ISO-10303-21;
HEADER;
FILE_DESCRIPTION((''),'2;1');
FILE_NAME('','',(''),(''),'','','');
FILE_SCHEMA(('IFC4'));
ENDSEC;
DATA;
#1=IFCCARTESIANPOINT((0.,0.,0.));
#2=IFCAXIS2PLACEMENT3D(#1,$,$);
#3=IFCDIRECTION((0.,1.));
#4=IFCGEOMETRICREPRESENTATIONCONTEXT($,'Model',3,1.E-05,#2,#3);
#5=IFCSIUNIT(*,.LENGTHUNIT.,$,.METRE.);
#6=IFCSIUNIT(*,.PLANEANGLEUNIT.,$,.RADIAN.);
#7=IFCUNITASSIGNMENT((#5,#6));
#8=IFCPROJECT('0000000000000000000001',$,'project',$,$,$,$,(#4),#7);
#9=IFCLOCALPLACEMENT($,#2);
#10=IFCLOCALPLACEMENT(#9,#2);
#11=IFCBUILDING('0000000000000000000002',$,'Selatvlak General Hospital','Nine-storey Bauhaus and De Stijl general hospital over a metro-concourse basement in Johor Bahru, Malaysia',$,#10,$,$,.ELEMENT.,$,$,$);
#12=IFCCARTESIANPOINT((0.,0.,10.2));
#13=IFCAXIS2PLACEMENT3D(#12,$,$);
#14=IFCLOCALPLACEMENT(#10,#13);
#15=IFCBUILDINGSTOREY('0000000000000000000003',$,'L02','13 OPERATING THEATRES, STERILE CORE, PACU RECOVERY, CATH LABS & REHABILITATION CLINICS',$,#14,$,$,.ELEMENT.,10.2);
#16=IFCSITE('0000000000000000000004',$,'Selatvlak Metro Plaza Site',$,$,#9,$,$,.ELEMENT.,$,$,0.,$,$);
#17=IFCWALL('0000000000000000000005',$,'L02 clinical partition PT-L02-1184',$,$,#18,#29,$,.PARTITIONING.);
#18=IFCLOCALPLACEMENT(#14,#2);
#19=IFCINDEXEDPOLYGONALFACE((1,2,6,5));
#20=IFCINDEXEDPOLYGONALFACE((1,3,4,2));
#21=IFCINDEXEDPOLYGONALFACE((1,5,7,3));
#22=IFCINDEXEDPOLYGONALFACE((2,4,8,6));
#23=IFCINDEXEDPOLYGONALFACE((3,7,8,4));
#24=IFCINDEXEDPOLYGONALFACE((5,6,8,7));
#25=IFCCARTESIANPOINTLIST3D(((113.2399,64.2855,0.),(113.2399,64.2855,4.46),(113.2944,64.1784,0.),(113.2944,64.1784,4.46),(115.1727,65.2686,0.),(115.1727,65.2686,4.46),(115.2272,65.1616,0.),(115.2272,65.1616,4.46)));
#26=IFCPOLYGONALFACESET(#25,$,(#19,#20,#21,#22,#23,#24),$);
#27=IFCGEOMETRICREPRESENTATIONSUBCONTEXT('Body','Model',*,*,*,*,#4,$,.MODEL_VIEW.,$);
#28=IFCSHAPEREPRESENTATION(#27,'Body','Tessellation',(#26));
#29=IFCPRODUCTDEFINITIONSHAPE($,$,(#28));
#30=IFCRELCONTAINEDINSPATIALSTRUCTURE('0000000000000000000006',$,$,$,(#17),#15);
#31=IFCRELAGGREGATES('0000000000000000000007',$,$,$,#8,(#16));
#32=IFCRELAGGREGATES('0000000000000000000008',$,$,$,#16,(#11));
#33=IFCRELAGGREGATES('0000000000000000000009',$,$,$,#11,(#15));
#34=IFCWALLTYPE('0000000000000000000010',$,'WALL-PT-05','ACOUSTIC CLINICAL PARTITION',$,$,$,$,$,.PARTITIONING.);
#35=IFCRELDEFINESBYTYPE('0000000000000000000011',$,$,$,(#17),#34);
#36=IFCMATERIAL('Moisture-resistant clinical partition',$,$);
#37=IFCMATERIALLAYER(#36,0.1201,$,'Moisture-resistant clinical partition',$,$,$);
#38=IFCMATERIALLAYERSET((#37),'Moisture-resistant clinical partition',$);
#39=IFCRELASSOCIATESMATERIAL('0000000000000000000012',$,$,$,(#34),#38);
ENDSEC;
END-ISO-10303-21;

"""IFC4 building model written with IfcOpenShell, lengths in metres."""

from ifc_helpers import new_model, si_unit, direction, frame, frame_2d, origin, place, context, subcontext, project, spatial, rectangle, extrude, material, layer, layer_set, type_object, element, save


model = new_model("IFC4")

# Units and contexts
model_context = context("Model", 3, precision=1e-05, world=origin(), true_north=direction((0.0, 1.0)))
body_context = subcontext(model_context, "Body", "Model", "MODEL_VIEW")
ifc_project = project(units=[si_unit("LENGTHUNIT", "METRE"), si_unit("PLANEANGLEUNIT", "RADIAN")], contexts=[model_context])

# Site, building, storey
site_placement = place(None, origin())
site = spatial("IfcSite", under=ifc_project, at=site_placement, Name="Selatvlak Metro Plaza Site", CompositionType="ELEMENT", RefElevation=0.0)
building_placement = place(site_placement, origin())
building = spatial("IfcBuilding", under=site, at=building_placement, Name="Selatvlak General Hospital", Description="Nine-storey Bauhaus and De Stijl general hospital over a metro-concourse basement in Johor Bahru, Malaysia", CompositionType="ELEMENT")
storey_placement = place(building_placement, frame((0.0, 0.0, 10.2)))
storey = spatial("IfcBuildingStorey", under=building, at=storey_placement, Name="L02", Description="13 OPERATING THEATRES, STERILE CORE, PACU RECOVERY, CATH LABS & REHABILITATION CLINICS", CompositionType="ELEMENT", Elevation=10.2)

# Wall
ifc_material_1 = material(Name="Moisture-resistant clinical partition")
ifc_layer_1 = layer(ifc_material_1, 0.1201, Name="Moisture-resistant clinical partition")
ifc_layer_set_1 = layer_set([ifc_layer_1], Name="Moisture-resistant clinical partition")
wall_type_1 = type_object("IfcWallType", Name="WALL-PT-05", Description="ACOUSTIC CLINICAL PARTITION", PredefinedType="PARTITIONING", material=ifc_layer_set_1)
wall_1_placement = place(storey_placement, frame((115.2, 65.2151, 0.0), z_axis=(0.0, 0.0, 1.0), x_axis=(-0.891321, -0.453373, 0.0)))
element("IfcWall", 1, at=wall_1_placement, inside=storey, type_object=wall_type_1, Name="L02 clinical partition PT-L02-1184", PredefinedType="PARTITIONING", context=body_context, shape_type="SweptSolid", body=[
    extrude(rectangle(XDim=2.1685, YDim=0.1201, at=frame_2d((1.0842, 0.0))), origin(), (0.0, 0.0, 1.0), 4.46),
])

save(model, "model.ifc")
